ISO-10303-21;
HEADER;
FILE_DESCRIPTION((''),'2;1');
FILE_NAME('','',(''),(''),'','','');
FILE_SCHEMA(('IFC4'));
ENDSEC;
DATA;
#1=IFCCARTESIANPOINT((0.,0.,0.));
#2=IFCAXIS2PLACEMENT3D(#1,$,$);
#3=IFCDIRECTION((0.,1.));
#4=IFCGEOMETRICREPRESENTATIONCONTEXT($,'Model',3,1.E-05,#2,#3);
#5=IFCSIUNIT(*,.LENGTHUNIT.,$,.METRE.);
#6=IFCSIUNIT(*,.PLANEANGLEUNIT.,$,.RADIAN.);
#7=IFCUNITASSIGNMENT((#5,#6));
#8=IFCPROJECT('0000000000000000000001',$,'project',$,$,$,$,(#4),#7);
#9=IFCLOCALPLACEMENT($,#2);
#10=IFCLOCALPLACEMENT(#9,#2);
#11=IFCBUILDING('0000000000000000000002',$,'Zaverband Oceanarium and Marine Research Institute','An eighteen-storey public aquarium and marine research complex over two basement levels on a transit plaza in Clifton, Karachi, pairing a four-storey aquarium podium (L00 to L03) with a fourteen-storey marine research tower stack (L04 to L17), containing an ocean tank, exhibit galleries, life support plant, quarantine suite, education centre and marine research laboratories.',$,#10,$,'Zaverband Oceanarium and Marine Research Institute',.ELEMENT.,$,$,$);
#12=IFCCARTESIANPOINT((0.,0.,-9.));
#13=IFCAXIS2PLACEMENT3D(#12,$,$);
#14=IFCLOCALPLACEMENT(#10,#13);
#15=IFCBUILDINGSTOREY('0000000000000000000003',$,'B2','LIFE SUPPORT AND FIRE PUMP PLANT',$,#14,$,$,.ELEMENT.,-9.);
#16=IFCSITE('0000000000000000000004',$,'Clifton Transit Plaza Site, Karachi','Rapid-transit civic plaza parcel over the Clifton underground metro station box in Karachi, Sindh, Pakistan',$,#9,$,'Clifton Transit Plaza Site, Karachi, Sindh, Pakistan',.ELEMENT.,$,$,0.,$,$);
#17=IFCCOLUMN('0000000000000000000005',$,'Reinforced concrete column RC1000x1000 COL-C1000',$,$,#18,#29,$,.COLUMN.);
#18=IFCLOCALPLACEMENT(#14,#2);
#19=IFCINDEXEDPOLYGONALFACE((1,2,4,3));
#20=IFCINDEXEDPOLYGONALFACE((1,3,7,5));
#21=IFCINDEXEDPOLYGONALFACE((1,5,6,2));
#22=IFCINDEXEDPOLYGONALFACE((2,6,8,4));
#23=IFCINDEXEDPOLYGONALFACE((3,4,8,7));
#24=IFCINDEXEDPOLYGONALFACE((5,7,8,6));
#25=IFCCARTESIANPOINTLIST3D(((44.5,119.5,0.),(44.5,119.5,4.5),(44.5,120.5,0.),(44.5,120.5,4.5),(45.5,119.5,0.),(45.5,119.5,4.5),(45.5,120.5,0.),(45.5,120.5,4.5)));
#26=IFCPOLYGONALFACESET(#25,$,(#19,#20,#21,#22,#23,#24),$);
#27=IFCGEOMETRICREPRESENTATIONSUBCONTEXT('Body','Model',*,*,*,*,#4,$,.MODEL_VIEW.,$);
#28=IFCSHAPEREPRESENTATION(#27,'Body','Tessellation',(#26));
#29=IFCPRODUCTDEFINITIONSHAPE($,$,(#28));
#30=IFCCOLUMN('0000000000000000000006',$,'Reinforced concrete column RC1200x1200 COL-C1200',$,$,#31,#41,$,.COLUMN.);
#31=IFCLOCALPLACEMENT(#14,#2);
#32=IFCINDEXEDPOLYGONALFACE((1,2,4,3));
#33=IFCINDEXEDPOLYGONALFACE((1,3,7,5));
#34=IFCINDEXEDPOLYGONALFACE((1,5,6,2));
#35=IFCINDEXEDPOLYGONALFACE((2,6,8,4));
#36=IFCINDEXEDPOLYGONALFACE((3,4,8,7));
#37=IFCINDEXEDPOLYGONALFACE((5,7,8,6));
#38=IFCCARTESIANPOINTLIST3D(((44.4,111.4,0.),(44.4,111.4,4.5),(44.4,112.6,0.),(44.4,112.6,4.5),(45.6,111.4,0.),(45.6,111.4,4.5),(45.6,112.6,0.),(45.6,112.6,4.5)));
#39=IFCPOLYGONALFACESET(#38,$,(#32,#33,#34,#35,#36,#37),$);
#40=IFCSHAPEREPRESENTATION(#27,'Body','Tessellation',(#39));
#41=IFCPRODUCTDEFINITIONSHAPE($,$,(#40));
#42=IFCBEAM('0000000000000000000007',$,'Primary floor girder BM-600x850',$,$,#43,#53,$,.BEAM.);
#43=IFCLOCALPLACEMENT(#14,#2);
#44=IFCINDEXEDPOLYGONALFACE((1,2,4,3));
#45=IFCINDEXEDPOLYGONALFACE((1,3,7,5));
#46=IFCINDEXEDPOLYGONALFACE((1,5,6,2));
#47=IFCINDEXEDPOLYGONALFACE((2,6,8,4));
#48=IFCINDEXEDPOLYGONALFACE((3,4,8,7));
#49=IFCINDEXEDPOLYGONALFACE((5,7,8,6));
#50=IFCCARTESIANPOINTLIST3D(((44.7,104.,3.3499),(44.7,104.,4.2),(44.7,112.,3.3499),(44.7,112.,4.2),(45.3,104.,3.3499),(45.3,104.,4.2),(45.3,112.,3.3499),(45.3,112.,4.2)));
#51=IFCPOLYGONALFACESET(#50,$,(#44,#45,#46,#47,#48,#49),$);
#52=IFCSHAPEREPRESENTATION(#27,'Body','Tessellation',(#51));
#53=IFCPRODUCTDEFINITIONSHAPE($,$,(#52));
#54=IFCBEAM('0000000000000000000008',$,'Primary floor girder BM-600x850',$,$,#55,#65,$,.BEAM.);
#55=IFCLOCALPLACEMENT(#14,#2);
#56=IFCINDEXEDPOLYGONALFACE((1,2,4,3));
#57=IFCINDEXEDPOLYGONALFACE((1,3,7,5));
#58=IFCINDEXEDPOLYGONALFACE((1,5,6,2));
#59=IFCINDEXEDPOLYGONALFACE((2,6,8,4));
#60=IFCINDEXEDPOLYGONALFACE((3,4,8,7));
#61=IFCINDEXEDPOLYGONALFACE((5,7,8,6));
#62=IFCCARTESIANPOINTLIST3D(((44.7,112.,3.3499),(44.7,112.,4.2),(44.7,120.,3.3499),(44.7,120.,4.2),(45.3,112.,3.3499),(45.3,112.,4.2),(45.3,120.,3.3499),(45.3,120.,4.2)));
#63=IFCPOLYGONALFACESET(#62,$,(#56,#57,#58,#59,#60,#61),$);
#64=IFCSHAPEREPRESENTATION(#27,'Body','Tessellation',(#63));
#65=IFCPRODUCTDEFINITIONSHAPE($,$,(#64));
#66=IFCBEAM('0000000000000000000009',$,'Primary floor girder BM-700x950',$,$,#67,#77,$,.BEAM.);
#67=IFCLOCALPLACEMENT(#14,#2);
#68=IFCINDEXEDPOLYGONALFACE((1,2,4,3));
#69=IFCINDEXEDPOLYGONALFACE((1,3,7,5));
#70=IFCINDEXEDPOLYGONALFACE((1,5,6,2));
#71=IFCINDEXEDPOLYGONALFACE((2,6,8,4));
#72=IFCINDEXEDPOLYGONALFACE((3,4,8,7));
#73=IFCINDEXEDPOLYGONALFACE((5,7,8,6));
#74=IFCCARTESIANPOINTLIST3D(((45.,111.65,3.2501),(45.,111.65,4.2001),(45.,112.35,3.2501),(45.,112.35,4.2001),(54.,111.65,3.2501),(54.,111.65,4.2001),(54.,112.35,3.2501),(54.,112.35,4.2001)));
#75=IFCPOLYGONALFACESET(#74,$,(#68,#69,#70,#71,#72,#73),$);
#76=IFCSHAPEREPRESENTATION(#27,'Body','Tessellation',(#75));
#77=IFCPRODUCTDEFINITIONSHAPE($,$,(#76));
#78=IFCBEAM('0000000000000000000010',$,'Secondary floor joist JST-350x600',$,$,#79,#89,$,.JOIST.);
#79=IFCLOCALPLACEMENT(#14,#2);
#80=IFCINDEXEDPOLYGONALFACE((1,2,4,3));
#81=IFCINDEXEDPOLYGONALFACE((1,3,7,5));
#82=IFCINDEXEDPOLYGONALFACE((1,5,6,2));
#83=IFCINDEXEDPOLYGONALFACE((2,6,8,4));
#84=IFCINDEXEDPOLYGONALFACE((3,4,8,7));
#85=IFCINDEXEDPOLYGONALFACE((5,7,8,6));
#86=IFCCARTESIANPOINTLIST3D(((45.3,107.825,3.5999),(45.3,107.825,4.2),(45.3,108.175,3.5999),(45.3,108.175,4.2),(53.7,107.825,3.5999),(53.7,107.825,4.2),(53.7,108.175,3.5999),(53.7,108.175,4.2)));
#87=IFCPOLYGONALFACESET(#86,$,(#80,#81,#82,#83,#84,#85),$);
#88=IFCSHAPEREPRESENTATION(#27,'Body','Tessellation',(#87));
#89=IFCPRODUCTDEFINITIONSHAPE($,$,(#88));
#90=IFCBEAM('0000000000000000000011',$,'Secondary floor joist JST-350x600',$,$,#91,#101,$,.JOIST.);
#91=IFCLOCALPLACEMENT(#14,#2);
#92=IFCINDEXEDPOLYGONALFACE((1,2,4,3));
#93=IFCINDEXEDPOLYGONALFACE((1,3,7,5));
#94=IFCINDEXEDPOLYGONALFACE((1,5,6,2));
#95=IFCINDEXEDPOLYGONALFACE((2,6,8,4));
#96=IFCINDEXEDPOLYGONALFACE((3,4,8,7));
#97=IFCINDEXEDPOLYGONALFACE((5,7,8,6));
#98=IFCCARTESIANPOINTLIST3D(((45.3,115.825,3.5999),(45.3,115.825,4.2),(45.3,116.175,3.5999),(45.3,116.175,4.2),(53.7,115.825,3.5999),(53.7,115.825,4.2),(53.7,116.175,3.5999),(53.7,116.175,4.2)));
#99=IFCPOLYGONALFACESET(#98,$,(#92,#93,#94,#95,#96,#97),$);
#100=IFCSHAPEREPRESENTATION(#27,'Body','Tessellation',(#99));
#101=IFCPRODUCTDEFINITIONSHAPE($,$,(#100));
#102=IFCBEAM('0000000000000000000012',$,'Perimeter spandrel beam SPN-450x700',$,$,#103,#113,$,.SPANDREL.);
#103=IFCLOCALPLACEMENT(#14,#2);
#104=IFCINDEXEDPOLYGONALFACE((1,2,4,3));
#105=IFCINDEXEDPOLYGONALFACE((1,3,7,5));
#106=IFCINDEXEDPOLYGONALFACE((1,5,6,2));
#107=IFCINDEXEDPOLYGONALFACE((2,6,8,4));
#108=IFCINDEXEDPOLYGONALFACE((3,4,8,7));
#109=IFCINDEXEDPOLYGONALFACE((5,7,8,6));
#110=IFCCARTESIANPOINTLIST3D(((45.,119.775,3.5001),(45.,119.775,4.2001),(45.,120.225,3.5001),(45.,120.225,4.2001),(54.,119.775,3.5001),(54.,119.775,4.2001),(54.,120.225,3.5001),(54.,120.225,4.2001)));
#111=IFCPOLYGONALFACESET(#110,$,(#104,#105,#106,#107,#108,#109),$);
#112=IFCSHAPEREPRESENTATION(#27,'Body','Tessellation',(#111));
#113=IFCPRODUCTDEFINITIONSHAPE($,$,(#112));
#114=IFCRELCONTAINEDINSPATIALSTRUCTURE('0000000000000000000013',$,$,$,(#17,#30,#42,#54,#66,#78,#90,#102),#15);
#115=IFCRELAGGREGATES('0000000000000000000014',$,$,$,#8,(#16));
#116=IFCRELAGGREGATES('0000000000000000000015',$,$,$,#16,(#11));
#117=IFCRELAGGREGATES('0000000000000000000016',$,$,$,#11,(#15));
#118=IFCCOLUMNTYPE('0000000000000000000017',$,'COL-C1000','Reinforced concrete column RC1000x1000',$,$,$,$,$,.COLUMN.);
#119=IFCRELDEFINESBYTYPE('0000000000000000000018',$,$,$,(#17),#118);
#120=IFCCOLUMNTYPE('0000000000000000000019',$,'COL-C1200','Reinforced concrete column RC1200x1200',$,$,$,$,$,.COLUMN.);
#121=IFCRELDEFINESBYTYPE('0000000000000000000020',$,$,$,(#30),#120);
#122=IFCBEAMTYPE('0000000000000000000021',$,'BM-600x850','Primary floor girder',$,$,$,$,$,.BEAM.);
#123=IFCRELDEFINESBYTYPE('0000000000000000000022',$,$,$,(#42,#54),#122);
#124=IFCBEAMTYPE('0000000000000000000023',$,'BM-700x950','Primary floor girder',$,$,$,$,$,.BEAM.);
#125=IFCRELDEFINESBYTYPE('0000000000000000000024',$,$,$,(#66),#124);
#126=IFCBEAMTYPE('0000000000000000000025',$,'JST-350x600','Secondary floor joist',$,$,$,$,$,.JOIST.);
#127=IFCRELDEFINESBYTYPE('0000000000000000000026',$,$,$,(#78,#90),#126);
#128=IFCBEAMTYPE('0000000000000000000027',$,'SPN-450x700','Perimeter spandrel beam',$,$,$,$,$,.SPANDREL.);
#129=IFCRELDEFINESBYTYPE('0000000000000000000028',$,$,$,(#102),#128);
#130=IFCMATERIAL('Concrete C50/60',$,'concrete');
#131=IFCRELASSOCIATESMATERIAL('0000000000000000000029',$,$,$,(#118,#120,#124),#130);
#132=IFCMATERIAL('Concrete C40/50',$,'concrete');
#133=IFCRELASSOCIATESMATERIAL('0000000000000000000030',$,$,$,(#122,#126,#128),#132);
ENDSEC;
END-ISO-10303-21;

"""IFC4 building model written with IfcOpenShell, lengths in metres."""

from ifc_helpers import new_model, si_unit, direction, frame, origin, origin_2d, place, context, subcontext, project, spatial, rectangle, extrude, material, material_profile, profile_set, type_object, element, save


model = new_model("IFC4")

# Units and contexts
model_context = context("Model", 3, precision=1e-05, world=origin(), true_north=direction((0.0, 1.0)))
body_context = subcontext(model_context, "Body", "Model", "MODEL_VIEW")
ifc_project = project(units=[si_unit("LENGTHUNIT", "METRE"), si_unit("PLANEANGLEUNIT", "RADIAN")], contexts=[model_context])

# Site, building, storey
site_placement = place(None, origin())
site = spatial("IfcSite", under=ifc_project, at=site_placement, Name="Clifton Transit Plaza Site, Karachi", Description="Rapid-transit civic plaza parcel over the Clifton underground metro station box in Karachi, Sindh, Pakistan", LongName="Clifton Transit Plaza Site, Karachi, Sindh, Pakistan", CompositionType="ELEMENT", RefElevation=0.0)
building_placement = place(site_placement, origin())
building = spatial("IfcBuilding", under=site, at=building_placement, Name="Zaverband Oceanarium and Marine Research Institute", Description="An eighteen-storey public aquarium and marine research complex over two basement levels on a transit plaza in Clifton, Karachi, pairing a four-storey aquarium podium (L00 to L03) with a fourteen-storey marine research tower stack (L04 to L17), containing an ocean tank, exhibit galleries, life support plant, quarantine suite, education centre and marine research laboratories.", LongName="Zaverband Oceanarium and Marine Research Institute", CompositionType="ELEMENT")
storey_placement = place(building_placement, frame((0.0, 0.0, -9.0)))
storey = spatial("IfcBuildingStorey", under=building, at=storey_placement, Name="B2", Description="LIFE SUPPORT AND FIRE PUMP PLANT", CompositionType="ELEMENT", Elevation=-9.0)

# Shared definitions
ifc_material_1 = material(Name="Concrete C50/60", Category="concrete")

# Columns
ifc_material_profile_1 = material_profile(ifc_material_1, rectangle(XDim=1.0, YDim=1.0, at=origin_2d()), Name="RC1000x1000")
ifc_profile_set_1 = profile_set([ifc_material_profile_1], Name="Concrete C50/60")
column_type_1 = type_object("IfcColumnType", Name="COL-C1000", Description="Reinforced concrete column RC1000x1000", PredefinedType="COLUMN", material=ifc_profile_set_1)
column_1_placement = place(storey_placement, frame((45.0, 120.0, 0.0), z_axis=(0.0, 0.0, 1.0), x_axis=(1.0, 0.0, 0.0)))
element("IfcColumn", 1, at=column_1_placement, inside=storey, type_object=column_type_1, Name="Reinforced concrete column RC1000x1000 COL-C1000", PredefinedType="COLUMN", context=body_context, shape_type="SweptSolid", body=[
    extrude(rectangle(XDim=1.0, YDim=1.0, at=origin_2d()), origin(), (0.0, 0.0, 1.0), 4.5),
])
ifc_material_profile_2 = material_profile(ifc_material_1, rectangle(XDim=1.2, YDim=1.2, at=origin_2d()), Name="RC1200x1200")
ifc_profile_set_2 = profile_set([ifc_material_profile_2], Name="Concrete C50/60")
column_type_2 = type_object("IfcColumnType", Name="COL-C1200", Description="Reinforced concrete column RC1200x1200", PredefinedType="COLUMN", material=ifc_profile_set_2)
column_2_placement = place(storey_placement, frame((45.0, 112.0, 0.0), z_axis=(0.0, 0.0, 1.0), x_axis=(1.0, 0.0, 0.0)))
element("IfcColumn", 2, at=column_2_placement, inside=storey, type_object=column_type_2, Name="Reinforced concrete column RC1200x1200 COL-C1200", PredefinedType="COLUMN", context=body_context, shape_type="SweptSolid", body=[
    extrude(rectangle(XDim=1.2, YDim=1.2, at=origin_2d()), origin(), (0.0, 0.0, 1.0), 4.5),
])

# Beams
ifc_material_2 = material(Name="Concrete C40/50", Category="concrete")
ifc_material_profile_3 = material_profile(ifc_material_2, rectangle(XDim=0.6001, YDim=0.8501, at=origin_2d()), Name="RC600x850")
ifc_profile_set_3 = profile_set([ifc_material_profile_3], Name="Concrete C40/50")
beam_type_1 = type_object("IfcBeamType", Name="BM-600x850", Description="Primary floor girder", PredefinedType="BEAM", material=ifc_profile_set_3)
for number, where, z_axis, x_axis, name in (
    (3, (45.0, 104.0, 3.7749), (0.0, 1.0, 0.0), (-1.0, 0.0, 0.0), "Primary floor girder BM-600x850"),
    (4, (45.0, 112.0, 3.7749), (0.0, 1.0, 0.0), (-1.0, 0.0, 0.0), "Primary floor girder BM-600x850"),
):
    element("IfcBeam", number, at=place(storey_placement, frame(where, z_axis=z_axis, x_axis=x_axis)), inside=storey, type_object=beam_type_1, Name=name, PredefinedType="BEAM", context=body_context, shape_type="SweptSolid", body=[
        extrude(rectangle(XDim=0.6001, YDim=0.8501, at=origin_2d()), origin(), (0.0, 0.0, 1.0), 8.0),
    ])
ifc_material_profile_4 = material_profile(ifc_material_1, rectangle(XDim=0.7, YDim=0.95, at=origin_2d()), Name="RC700x950")
ifc_profile_set_4 = profile_set([ifc_material_profile_4], Name="Concrete C50/60")
beam_type_2 = type_object("IfcBeamType", Name="BM-700x950", Description="Primary floor girder", PredefinedType="BEAM", material=ifc_profile_set_4)
beam_1_placement = place(storey_placement, frame((45.0, 112.0, 3.7251), z_axis=(1.0, 0.0, 0.0), x_axis=(0.0, 1.0, 0.0)))
element("IfcBeam", 5, at=beam_1_placement, inside=storey, type_object=beam_type_2, Name="Primary floor girder BM-700x950", PredefinedType="BEAM", context=body_context, shape_type="SweptSolid", body=[
    extrude(rectangle(XDim=0.7, YDim=0.95, at=origin_2d()), origin(), (0.0, 0.0, 1.0), 9.0),
])
ifc_material_profile_5 = material_profile(ifc_material_2, rectangle(XDim=0.3501, YDim=0.6001, at=origin_2d()), Name="RC350x600")
ifc_profile_set_5 = profile_set([ifc_material_profile_5], Name="Concrete C40/50")
beam_type_3 = type_object("IfcBeamType", Name="JST-350x600", Description="Secondary floor joist", PredefinedType="JOIST", material=ifc_profile_set_5)
for number, where, z_axis, x_axis, name in (
    (6, (45.3, 108.0, 3.8999), (1.0, 0.0, 0.0), (0.0, 1.0, 0.0), "Secondary floor joist JST-350x600"),
    (7, (45.3, 116.0, 3.8999), (1.0, 0.0, 0.0), (0.0, 1.0, 0.0), "Secondary floor joist JST-350x600"),
):
    element("IfcBeam", number, at=place(storey_placement, frame(where, z_axis=z_axis, x_axis=x_axis)), inside=storey, type_object=beam_type_3, Name=name, PredefinedType="JOIST", context=body_context, shape_type="SweptSolid", body=[
        extrude(rectangle(XDim=0.3501, YDim=0.6001, at=origin_2d()), origin(), (0.0, 0.0, 1.0), 8.3999),
    ])
ifc_material_profile_6 = material_profile(ifc_material_2, rectangle(XDim=0.45, YDim=0.7, at=origin_2d()), Name="RC450x700")
ifc_profile_set_6 = profile_set([ifc_material_profile_6], Name="Concrete C40/50")
beam_type_4 = type_object("IfcBeamType", Name="SPN-450x700", Description="Perimeter spandrel beam", PredefinedType="SPANDREL", material=ifc_profile_set_6)
beam_2_placement = place(storey_placement, frame((45.0, 120.0, 3.8501), z_axis=(1.0, 0.0, 0.0), x_axis=(0.0, 1.0, 0.0)))
element("IfcBeam", 8, at=beam_2_placement, inside=storey, type_object=beam_type_4, Name="Perimeter spandrel beam SPN-450x700", PredefinedType="SPANDREL", context=body_context, shape_type="SweptSolid", body=[
    extrude(rectangle(XDim=0.45, YDim=0.7, at=origin_2d()), origin(), (0.0, 0.0, 1.0), 9.0),
])

save(model, "model.ifc")
